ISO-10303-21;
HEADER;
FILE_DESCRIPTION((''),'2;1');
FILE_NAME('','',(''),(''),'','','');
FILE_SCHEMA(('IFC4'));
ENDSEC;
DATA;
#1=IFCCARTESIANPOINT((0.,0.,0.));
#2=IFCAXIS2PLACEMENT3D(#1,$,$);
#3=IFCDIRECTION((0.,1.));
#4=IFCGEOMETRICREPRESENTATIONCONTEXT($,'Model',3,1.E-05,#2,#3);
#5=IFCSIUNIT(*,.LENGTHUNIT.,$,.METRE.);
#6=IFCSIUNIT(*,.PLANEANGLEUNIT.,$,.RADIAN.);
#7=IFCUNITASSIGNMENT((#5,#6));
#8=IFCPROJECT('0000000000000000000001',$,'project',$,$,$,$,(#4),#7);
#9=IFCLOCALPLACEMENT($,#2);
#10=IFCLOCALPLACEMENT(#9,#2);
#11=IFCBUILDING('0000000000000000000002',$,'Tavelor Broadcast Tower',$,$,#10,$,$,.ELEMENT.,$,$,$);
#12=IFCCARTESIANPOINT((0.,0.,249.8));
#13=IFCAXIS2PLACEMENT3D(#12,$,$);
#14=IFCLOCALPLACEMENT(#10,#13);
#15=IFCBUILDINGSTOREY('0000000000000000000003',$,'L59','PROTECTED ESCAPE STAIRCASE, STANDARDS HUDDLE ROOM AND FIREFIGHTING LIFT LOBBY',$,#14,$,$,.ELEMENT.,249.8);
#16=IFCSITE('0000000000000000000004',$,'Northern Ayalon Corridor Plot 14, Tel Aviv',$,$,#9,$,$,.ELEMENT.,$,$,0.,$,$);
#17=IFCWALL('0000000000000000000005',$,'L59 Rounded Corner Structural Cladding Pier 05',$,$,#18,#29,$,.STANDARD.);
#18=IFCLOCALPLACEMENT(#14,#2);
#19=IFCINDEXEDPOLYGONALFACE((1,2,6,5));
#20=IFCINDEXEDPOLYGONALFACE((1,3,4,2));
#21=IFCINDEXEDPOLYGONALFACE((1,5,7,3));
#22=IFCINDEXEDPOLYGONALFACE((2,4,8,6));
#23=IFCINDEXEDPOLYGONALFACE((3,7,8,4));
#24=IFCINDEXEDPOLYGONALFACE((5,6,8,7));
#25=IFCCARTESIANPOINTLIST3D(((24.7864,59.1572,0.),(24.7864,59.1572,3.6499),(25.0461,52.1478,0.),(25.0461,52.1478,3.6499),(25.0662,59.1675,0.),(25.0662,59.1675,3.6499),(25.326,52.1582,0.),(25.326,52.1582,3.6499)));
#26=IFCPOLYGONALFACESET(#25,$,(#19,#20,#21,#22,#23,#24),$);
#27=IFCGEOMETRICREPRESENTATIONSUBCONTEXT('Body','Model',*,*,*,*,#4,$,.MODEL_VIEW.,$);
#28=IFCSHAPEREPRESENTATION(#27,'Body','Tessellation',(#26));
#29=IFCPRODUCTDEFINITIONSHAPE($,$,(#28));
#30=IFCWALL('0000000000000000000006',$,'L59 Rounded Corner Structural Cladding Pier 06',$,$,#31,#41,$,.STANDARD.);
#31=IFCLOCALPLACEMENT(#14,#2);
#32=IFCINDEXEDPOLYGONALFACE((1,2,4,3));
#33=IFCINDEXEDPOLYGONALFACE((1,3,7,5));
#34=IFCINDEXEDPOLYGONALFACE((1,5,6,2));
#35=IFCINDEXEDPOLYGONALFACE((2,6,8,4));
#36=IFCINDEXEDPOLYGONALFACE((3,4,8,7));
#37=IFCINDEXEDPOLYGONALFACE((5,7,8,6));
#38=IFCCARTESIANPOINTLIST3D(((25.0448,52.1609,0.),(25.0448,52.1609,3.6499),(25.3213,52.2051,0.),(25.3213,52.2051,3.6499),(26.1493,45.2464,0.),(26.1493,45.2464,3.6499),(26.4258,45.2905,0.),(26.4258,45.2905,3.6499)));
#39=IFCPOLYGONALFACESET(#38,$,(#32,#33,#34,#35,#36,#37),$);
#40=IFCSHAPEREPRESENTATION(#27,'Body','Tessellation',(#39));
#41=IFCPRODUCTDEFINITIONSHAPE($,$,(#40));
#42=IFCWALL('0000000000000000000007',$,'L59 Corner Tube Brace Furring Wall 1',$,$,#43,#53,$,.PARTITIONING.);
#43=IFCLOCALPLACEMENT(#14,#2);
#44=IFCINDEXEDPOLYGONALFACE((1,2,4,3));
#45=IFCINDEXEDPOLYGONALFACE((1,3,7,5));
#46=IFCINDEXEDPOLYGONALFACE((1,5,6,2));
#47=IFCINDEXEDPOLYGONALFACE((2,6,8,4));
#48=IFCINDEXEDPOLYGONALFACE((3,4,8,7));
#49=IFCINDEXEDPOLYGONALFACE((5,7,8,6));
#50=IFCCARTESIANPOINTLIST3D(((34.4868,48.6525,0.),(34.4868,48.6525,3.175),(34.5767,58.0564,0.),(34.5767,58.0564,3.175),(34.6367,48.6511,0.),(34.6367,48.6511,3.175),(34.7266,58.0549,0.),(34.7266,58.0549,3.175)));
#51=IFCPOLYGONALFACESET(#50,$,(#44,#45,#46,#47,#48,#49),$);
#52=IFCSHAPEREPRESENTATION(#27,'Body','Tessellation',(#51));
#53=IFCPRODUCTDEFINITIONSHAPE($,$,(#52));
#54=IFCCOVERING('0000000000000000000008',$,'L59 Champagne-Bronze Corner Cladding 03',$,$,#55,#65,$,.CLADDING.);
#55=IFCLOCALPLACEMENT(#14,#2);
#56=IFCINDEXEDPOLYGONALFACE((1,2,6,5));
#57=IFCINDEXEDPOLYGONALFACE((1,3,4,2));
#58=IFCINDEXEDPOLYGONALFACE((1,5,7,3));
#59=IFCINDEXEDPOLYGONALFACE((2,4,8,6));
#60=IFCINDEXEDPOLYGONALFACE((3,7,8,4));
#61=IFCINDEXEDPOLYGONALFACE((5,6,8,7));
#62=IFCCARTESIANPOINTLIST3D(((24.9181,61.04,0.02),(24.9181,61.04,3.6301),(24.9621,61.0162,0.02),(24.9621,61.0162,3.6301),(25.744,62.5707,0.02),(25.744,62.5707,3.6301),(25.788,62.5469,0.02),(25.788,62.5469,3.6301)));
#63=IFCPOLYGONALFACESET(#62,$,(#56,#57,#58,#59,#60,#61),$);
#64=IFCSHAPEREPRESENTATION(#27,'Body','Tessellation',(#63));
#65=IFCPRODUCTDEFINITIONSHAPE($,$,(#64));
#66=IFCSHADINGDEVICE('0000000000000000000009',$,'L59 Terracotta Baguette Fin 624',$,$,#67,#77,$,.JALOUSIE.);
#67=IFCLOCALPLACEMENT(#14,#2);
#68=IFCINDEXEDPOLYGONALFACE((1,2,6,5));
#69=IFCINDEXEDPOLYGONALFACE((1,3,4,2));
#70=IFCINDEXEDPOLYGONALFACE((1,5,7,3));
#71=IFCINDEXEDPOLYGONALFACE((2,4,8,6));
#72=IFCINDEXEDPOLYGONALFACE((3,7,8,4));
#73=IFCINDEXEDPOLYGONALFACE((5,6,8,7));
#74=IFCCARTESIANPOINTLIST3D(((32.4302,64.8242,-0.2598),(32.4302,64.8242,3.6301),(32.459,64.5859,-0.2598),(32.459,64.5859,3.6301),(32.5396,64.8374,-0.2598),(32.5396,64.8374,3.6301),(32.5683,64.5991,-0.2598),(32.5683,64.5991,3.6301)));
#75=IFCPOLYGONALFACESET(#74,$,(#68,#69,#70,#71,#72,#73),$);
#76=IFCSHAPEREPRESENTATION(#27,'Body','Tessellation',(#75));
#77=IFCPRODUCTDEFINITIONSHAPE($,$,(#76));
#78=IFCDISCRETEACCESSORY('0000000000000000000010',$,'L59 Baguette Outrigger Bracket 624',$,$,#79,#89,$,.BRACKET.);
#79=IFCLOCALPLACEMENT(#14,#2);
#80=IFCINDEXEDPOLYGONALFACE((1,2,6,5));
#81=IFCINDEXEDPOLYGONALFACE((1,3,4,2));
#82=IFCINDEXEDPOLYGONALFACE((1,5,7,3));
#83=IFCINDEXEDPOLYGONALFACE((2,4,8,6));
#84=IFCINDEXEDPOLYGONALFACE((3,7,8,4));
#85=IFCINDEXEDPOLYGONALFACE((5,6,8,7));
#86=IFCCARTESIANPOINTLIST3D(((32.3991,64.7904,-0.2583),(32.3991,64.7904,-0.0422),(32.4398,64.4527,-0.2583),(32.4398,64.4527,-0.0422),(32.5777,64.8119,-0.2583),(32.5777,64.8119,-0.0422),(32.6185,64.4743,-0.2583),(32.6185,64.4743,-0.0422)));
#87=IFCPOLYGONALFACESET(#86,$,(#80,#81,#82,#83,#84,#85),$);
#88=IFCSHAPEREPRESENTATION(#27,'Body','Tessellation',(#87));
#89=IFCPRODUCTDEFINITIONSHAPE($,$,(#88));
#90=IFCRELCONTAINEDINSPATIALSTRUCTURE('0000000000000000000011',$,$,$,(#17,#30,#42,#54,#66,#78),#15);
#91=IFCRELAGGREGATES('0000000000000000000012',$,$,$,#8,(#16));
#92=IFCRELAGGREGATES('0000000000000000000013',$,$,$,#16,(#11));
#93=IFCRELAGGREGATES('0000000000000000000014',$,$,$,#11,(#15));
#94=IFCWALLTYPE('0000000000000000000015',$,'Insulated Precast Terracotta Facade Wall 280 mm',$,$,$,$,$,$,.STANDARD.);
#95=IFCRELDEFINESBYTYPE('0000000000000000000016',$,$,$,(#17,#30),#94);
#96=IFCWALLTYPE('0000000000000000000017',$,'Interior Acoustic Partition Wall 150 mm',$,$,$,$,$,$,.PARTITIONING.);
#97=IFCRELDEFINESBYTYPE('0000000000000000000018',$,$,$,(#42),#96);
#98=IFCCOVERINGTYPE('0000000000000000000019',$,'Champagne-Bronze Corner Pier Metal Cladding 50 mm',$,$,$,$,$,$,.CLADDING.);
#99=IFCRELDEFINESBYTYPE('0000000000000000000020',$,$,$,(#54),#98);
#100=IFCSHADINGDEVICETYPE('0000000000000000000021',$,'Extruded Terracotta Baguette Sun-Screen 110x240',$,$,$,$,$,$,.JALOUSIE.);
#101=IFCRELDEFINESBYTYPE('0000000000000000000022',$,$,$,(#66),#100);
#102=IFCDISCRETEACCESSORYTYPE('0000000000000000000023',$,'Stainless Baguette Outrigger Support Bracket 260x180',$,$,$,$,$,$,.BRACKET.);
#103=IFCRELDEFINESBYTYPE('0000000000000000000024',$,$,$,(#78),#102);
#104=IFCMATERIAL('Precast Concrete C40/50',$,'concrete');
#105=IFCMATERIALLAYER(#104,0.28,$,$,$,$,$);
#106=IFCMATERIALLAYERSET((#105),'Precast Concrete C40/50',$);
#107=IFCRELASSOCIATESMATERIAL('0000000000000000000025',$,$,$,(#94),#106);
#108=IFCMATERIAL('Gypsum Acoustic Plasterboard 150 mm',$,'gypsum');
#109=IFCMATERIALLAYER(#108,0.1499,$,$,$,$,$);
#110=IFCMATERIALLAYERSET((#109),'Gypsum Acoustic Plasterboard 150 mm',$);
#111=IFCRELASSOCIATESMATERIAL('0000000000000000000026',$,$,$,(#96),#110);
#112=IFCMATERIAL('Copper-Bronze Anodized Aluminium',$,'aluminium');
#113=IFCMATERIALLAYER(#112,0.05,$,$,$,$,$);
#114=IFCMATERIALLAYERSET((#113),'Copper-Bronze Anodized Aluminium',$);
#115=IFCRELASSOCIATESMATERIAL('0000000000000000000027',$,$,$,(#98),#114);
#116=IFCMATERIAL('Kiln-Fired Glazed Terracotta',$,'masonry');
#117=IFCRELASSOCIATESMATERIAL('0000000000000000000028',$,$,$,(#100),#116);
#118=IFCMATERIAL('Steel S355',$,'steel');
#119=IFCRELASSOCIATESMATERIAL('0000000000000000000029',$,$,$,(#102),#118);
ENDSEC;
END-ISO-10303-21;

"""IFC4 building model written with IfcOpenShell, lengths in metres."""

from ifc_helpers import new_model, si_unit, direction, frame, frame_2d, origin, origin_2d, place, context, subcontext, project, spatial, rectangle, extrude, source, transform, mapped, material, layer, layer_set, type_object, type_shapes, element, save


model = new_model("IFC4")

# Units and contexts
model_context = context("Model", 3, precision=1e-05, world=origin(), true_north=direction((0.0, 1.0)))
body_context = subcontext(model_context, "Body", "Model", "MODEL_VIEW")
ifc_project = project(units=[si_unit("LENGTHUNIT", "METRE"), si_unit("PLANEANGLEUNIT", "RADIAN")], contexts=[model_context])

# Site, building, storey
site_placement = place(None, origin())
site = spatial("IfcSite", under=ifc_project, at=site_placement, Name="Northern Ayalon Corridor Plot 14, Tel Aviv", CompositionType="ELEMENT", RefElevation=0.0)
building_placement = place(site_placement, origin())
building = spatial("IfcBuilding", under=site, at=building_placement, Name="Tavelor Broadcast Tower", CompositionType="ELEMENT")
storey_placement = place(building_placement, frame((0.0, 0.0, 249.8)))
storey = spatial("IfcBuildingStorey", under=building, at=storey_placement, Name="L59", Description="PROTECTED ESCAPE STAIRCASE, STANDARDS HUDDLE ROOM AND FIREFIGHTING LIFT LOBBY", CompositionType="ELEMENT", Elevation=249.8)

# Shared definitions
ifc_material_1 = material(Name="Steel S355", Category="steel")

# Walls
ifc_material_2 = material(Name="Precast Concrete C40/50", Category="concrete")
ifc_layer_1 = layer(ifc_material_2, 0.28)
ifc_layer_set_1 = layer_set([ifc_layer_1], Name="Precast Concrete C40/50")
wall_type_1 = type_object("IfcWallType", Name="Insulated Precast Terracotta Facade Wall 280 mm", PredefinedType="STANDARD", material=ifc_layer_set_1)
wall_1_placement = place(storey_placement, frame((24.9263, 59.1624, 0.0), z_axis=(0.0, 0.0, 1.0), x_axis=(0.037035, -0.999314, 0.0)))
element("IfcWall", 1, at=wall_1_placement, inside=storey, type_object=wall_type_1, Name="L59 Rounded Corner Structural Cladding Pier 05", PredefinedType="STANDARD", context=body_context, shape_type="SweptSolid", body=[
    extrude(rectangle(XDim=7.0142, YDim=0.28, at=frame_2d((3.5071, 0.0))), origin(), (0.0, 0.0, 1.0), 3.6499),
])
wall_2_placement = place(storey_placement, frame((25.1831, 52.1829, 0.0), z_axis=(0.0, 0.0, 1.0), x_axis=(0.157735, -0.987482, 0.0)))
element("IfcWall", 2, at=wall_2_placement, inside=storey, type_object=wall_type_1, Name="L59 Rounded Corner Structural Cladding Pier 06", PredefinedType="STANDARD", context=body_context, shape_type="SweptSolid", body=[
    extrude(rectangle(XDim=7.0022, YDim=0.28, at=frame_2d((3.501, 0.0))), origin(), (0.0, 0.0, 1.0), 3.6499),
])
ifc_material_3 = material(Name="Gypsum Acoustic Plasterboard 150 mm", Category="gypsum")
ifc_layer_2 = layer(ifc_material_3, 0.1499)
ifc_layer_set_2 = layer_set([ifc_layer_2], Name="Gypsum Acoustic Plasterboard 150 mm")
wall_type_2 = type_object("IfcWallType", Name="Interior Acoustic Partition Wall 150 mm", PredefinedType="PARTITIONING", material=ifc_layer_set_2)
wall_3_placement = place(storey_placement, frame((34.6516, 58.0557, 0.0), z_axis=(0.0, 0.0, 1.0), x_axis=(-0.009554, -0.999954, 0.0)))
element("IfcWall", 3, at=wall_3_placement, inside=storey, type_object=wall_type_2, Name="L59 Corner Tube Brace Furring Wall 1", PredefinedType="PARTITIONING", context=body_context, shape_type="SweptSolid", body=[
    extrude(rectangle(XDim=9.4043, YDim=0.1499, at=frame_2d((4.7021, 0.0))), origin(), (0.0, 0.0, 1.0), 3.175),
])

# Covering
ifc_material_4 = material(Name="Copper-Bronze Anodized Aluminium", Category="aluminium")
ifc_layer_3 = layer(ifc_material_4, 0.05)
ifc_layer_set_3 = layer_set([ifc_layer_3], Name="Copper-Bronze Anodized Aluminium")
covering_type = type_object("IfcCoveringType", Name="Champagne-Bronze Corner Pier Metal Cladding 50 mm", PredefinedType="CLADDING", material=ifc_layer_set_3)
covering_placement = place(storey_placement, frame((25.353, 61.7935, 0.02), z_axis=(0.0, 0.0, 1.0), x_axis=(-0.474856, -0.880063, 0.0)))
element("IfcCovering", 4, at=covering_placement, inside=storey, type_object=covering_type, Name="L59 Champagne-Bronze Corner Cladding 03", PredefinedType="CLADDING", context=body_context, shape_type="SweptSolid", body=[
    extrude(rectangle(XDim=1.7393, YDim=0.05, at=origin_2d()), origin(), (0.0, 0.0, 1.0), 3.6101),
])

# Shading device
ifc_material_5 = material(Name="Kiln-Fired Glazed Terracotta", Category="masonry")
shading_device_type = type_object("IfcShadingDeviceType", Name="Extruded Terracotta Baguette Sun-Screen 110x240", PredefinedType="JALOUSIE", material=ifc_material_5)
shared_shape_1 = source(origin(), body_context, "Body", "SweptSolid", [
    extrude(rectangle(XDim=0.1101, YDim=0.24, at=origin_2d()), origin(), (0.0, 0.0, 1.0), 3.8899),
])
type_shapes(shading_device_type, [shared_shape_1])
shading_device_placement = place(storey_placement, frame((32.4993, 64.7117, -0.2598), z_axis=(0.0, 0.0, 1.0), x_axis=(-0.992799, -0.11979, 0.0)))
element("IfcShadingDevice", 5, at=shading_device_placement, inside=storey, type_object=shading_device_type, Name="L59 Terracotta Baguette Fin 624", PredefinedType="JALOUSIE", context=body_context, shape_type="MappedRepresentation", body=[
    mapped(shared_shape_1, transform((0.0, 0.0, 0.0), scale=1.0)),
])

# Discrete accessory
discrete_accessory_type = type_object("IfcDiscreteAccessoryType", Name="Stainless Baguette Outrigger Support Bracket 260x180", PredefinedType="BRACKET", material=ifc_material_1)
shared_shape_2 = source(origin(), body_context, "Body", "SweptSolid", [
    extrude(rectangle(XDim=0.1799, YDim=0.3401, at=origin_2d()), origin(), (0.0, 0.0, 1.0), 0.2161),
])
type_shapes(discrete_accessory_type, [shared_shape_2])
discrete_accessory_placement = place(storey_placement, frame((32.5088, 64.6323, -0.2583), z_axis=(0.0, 0.0, 1.0), x_axis=(-0.992799, -0.11979, 0.0)))
element("IfcDiscreteAccessory", 6, at=discrete_accessory_placement, inside=storey, type_object=discrete_accessory_type, Name="L59 Baguette Outrigger Bracket 624", PredefinedType="BRACKET", context=body_context, shape_type="MappedRepresentation", body=[
    mapped(shared_shape_2, transform((0.0, 0.0, 0.0), scale=1.0)),
])

save(model, "model.ifc")
